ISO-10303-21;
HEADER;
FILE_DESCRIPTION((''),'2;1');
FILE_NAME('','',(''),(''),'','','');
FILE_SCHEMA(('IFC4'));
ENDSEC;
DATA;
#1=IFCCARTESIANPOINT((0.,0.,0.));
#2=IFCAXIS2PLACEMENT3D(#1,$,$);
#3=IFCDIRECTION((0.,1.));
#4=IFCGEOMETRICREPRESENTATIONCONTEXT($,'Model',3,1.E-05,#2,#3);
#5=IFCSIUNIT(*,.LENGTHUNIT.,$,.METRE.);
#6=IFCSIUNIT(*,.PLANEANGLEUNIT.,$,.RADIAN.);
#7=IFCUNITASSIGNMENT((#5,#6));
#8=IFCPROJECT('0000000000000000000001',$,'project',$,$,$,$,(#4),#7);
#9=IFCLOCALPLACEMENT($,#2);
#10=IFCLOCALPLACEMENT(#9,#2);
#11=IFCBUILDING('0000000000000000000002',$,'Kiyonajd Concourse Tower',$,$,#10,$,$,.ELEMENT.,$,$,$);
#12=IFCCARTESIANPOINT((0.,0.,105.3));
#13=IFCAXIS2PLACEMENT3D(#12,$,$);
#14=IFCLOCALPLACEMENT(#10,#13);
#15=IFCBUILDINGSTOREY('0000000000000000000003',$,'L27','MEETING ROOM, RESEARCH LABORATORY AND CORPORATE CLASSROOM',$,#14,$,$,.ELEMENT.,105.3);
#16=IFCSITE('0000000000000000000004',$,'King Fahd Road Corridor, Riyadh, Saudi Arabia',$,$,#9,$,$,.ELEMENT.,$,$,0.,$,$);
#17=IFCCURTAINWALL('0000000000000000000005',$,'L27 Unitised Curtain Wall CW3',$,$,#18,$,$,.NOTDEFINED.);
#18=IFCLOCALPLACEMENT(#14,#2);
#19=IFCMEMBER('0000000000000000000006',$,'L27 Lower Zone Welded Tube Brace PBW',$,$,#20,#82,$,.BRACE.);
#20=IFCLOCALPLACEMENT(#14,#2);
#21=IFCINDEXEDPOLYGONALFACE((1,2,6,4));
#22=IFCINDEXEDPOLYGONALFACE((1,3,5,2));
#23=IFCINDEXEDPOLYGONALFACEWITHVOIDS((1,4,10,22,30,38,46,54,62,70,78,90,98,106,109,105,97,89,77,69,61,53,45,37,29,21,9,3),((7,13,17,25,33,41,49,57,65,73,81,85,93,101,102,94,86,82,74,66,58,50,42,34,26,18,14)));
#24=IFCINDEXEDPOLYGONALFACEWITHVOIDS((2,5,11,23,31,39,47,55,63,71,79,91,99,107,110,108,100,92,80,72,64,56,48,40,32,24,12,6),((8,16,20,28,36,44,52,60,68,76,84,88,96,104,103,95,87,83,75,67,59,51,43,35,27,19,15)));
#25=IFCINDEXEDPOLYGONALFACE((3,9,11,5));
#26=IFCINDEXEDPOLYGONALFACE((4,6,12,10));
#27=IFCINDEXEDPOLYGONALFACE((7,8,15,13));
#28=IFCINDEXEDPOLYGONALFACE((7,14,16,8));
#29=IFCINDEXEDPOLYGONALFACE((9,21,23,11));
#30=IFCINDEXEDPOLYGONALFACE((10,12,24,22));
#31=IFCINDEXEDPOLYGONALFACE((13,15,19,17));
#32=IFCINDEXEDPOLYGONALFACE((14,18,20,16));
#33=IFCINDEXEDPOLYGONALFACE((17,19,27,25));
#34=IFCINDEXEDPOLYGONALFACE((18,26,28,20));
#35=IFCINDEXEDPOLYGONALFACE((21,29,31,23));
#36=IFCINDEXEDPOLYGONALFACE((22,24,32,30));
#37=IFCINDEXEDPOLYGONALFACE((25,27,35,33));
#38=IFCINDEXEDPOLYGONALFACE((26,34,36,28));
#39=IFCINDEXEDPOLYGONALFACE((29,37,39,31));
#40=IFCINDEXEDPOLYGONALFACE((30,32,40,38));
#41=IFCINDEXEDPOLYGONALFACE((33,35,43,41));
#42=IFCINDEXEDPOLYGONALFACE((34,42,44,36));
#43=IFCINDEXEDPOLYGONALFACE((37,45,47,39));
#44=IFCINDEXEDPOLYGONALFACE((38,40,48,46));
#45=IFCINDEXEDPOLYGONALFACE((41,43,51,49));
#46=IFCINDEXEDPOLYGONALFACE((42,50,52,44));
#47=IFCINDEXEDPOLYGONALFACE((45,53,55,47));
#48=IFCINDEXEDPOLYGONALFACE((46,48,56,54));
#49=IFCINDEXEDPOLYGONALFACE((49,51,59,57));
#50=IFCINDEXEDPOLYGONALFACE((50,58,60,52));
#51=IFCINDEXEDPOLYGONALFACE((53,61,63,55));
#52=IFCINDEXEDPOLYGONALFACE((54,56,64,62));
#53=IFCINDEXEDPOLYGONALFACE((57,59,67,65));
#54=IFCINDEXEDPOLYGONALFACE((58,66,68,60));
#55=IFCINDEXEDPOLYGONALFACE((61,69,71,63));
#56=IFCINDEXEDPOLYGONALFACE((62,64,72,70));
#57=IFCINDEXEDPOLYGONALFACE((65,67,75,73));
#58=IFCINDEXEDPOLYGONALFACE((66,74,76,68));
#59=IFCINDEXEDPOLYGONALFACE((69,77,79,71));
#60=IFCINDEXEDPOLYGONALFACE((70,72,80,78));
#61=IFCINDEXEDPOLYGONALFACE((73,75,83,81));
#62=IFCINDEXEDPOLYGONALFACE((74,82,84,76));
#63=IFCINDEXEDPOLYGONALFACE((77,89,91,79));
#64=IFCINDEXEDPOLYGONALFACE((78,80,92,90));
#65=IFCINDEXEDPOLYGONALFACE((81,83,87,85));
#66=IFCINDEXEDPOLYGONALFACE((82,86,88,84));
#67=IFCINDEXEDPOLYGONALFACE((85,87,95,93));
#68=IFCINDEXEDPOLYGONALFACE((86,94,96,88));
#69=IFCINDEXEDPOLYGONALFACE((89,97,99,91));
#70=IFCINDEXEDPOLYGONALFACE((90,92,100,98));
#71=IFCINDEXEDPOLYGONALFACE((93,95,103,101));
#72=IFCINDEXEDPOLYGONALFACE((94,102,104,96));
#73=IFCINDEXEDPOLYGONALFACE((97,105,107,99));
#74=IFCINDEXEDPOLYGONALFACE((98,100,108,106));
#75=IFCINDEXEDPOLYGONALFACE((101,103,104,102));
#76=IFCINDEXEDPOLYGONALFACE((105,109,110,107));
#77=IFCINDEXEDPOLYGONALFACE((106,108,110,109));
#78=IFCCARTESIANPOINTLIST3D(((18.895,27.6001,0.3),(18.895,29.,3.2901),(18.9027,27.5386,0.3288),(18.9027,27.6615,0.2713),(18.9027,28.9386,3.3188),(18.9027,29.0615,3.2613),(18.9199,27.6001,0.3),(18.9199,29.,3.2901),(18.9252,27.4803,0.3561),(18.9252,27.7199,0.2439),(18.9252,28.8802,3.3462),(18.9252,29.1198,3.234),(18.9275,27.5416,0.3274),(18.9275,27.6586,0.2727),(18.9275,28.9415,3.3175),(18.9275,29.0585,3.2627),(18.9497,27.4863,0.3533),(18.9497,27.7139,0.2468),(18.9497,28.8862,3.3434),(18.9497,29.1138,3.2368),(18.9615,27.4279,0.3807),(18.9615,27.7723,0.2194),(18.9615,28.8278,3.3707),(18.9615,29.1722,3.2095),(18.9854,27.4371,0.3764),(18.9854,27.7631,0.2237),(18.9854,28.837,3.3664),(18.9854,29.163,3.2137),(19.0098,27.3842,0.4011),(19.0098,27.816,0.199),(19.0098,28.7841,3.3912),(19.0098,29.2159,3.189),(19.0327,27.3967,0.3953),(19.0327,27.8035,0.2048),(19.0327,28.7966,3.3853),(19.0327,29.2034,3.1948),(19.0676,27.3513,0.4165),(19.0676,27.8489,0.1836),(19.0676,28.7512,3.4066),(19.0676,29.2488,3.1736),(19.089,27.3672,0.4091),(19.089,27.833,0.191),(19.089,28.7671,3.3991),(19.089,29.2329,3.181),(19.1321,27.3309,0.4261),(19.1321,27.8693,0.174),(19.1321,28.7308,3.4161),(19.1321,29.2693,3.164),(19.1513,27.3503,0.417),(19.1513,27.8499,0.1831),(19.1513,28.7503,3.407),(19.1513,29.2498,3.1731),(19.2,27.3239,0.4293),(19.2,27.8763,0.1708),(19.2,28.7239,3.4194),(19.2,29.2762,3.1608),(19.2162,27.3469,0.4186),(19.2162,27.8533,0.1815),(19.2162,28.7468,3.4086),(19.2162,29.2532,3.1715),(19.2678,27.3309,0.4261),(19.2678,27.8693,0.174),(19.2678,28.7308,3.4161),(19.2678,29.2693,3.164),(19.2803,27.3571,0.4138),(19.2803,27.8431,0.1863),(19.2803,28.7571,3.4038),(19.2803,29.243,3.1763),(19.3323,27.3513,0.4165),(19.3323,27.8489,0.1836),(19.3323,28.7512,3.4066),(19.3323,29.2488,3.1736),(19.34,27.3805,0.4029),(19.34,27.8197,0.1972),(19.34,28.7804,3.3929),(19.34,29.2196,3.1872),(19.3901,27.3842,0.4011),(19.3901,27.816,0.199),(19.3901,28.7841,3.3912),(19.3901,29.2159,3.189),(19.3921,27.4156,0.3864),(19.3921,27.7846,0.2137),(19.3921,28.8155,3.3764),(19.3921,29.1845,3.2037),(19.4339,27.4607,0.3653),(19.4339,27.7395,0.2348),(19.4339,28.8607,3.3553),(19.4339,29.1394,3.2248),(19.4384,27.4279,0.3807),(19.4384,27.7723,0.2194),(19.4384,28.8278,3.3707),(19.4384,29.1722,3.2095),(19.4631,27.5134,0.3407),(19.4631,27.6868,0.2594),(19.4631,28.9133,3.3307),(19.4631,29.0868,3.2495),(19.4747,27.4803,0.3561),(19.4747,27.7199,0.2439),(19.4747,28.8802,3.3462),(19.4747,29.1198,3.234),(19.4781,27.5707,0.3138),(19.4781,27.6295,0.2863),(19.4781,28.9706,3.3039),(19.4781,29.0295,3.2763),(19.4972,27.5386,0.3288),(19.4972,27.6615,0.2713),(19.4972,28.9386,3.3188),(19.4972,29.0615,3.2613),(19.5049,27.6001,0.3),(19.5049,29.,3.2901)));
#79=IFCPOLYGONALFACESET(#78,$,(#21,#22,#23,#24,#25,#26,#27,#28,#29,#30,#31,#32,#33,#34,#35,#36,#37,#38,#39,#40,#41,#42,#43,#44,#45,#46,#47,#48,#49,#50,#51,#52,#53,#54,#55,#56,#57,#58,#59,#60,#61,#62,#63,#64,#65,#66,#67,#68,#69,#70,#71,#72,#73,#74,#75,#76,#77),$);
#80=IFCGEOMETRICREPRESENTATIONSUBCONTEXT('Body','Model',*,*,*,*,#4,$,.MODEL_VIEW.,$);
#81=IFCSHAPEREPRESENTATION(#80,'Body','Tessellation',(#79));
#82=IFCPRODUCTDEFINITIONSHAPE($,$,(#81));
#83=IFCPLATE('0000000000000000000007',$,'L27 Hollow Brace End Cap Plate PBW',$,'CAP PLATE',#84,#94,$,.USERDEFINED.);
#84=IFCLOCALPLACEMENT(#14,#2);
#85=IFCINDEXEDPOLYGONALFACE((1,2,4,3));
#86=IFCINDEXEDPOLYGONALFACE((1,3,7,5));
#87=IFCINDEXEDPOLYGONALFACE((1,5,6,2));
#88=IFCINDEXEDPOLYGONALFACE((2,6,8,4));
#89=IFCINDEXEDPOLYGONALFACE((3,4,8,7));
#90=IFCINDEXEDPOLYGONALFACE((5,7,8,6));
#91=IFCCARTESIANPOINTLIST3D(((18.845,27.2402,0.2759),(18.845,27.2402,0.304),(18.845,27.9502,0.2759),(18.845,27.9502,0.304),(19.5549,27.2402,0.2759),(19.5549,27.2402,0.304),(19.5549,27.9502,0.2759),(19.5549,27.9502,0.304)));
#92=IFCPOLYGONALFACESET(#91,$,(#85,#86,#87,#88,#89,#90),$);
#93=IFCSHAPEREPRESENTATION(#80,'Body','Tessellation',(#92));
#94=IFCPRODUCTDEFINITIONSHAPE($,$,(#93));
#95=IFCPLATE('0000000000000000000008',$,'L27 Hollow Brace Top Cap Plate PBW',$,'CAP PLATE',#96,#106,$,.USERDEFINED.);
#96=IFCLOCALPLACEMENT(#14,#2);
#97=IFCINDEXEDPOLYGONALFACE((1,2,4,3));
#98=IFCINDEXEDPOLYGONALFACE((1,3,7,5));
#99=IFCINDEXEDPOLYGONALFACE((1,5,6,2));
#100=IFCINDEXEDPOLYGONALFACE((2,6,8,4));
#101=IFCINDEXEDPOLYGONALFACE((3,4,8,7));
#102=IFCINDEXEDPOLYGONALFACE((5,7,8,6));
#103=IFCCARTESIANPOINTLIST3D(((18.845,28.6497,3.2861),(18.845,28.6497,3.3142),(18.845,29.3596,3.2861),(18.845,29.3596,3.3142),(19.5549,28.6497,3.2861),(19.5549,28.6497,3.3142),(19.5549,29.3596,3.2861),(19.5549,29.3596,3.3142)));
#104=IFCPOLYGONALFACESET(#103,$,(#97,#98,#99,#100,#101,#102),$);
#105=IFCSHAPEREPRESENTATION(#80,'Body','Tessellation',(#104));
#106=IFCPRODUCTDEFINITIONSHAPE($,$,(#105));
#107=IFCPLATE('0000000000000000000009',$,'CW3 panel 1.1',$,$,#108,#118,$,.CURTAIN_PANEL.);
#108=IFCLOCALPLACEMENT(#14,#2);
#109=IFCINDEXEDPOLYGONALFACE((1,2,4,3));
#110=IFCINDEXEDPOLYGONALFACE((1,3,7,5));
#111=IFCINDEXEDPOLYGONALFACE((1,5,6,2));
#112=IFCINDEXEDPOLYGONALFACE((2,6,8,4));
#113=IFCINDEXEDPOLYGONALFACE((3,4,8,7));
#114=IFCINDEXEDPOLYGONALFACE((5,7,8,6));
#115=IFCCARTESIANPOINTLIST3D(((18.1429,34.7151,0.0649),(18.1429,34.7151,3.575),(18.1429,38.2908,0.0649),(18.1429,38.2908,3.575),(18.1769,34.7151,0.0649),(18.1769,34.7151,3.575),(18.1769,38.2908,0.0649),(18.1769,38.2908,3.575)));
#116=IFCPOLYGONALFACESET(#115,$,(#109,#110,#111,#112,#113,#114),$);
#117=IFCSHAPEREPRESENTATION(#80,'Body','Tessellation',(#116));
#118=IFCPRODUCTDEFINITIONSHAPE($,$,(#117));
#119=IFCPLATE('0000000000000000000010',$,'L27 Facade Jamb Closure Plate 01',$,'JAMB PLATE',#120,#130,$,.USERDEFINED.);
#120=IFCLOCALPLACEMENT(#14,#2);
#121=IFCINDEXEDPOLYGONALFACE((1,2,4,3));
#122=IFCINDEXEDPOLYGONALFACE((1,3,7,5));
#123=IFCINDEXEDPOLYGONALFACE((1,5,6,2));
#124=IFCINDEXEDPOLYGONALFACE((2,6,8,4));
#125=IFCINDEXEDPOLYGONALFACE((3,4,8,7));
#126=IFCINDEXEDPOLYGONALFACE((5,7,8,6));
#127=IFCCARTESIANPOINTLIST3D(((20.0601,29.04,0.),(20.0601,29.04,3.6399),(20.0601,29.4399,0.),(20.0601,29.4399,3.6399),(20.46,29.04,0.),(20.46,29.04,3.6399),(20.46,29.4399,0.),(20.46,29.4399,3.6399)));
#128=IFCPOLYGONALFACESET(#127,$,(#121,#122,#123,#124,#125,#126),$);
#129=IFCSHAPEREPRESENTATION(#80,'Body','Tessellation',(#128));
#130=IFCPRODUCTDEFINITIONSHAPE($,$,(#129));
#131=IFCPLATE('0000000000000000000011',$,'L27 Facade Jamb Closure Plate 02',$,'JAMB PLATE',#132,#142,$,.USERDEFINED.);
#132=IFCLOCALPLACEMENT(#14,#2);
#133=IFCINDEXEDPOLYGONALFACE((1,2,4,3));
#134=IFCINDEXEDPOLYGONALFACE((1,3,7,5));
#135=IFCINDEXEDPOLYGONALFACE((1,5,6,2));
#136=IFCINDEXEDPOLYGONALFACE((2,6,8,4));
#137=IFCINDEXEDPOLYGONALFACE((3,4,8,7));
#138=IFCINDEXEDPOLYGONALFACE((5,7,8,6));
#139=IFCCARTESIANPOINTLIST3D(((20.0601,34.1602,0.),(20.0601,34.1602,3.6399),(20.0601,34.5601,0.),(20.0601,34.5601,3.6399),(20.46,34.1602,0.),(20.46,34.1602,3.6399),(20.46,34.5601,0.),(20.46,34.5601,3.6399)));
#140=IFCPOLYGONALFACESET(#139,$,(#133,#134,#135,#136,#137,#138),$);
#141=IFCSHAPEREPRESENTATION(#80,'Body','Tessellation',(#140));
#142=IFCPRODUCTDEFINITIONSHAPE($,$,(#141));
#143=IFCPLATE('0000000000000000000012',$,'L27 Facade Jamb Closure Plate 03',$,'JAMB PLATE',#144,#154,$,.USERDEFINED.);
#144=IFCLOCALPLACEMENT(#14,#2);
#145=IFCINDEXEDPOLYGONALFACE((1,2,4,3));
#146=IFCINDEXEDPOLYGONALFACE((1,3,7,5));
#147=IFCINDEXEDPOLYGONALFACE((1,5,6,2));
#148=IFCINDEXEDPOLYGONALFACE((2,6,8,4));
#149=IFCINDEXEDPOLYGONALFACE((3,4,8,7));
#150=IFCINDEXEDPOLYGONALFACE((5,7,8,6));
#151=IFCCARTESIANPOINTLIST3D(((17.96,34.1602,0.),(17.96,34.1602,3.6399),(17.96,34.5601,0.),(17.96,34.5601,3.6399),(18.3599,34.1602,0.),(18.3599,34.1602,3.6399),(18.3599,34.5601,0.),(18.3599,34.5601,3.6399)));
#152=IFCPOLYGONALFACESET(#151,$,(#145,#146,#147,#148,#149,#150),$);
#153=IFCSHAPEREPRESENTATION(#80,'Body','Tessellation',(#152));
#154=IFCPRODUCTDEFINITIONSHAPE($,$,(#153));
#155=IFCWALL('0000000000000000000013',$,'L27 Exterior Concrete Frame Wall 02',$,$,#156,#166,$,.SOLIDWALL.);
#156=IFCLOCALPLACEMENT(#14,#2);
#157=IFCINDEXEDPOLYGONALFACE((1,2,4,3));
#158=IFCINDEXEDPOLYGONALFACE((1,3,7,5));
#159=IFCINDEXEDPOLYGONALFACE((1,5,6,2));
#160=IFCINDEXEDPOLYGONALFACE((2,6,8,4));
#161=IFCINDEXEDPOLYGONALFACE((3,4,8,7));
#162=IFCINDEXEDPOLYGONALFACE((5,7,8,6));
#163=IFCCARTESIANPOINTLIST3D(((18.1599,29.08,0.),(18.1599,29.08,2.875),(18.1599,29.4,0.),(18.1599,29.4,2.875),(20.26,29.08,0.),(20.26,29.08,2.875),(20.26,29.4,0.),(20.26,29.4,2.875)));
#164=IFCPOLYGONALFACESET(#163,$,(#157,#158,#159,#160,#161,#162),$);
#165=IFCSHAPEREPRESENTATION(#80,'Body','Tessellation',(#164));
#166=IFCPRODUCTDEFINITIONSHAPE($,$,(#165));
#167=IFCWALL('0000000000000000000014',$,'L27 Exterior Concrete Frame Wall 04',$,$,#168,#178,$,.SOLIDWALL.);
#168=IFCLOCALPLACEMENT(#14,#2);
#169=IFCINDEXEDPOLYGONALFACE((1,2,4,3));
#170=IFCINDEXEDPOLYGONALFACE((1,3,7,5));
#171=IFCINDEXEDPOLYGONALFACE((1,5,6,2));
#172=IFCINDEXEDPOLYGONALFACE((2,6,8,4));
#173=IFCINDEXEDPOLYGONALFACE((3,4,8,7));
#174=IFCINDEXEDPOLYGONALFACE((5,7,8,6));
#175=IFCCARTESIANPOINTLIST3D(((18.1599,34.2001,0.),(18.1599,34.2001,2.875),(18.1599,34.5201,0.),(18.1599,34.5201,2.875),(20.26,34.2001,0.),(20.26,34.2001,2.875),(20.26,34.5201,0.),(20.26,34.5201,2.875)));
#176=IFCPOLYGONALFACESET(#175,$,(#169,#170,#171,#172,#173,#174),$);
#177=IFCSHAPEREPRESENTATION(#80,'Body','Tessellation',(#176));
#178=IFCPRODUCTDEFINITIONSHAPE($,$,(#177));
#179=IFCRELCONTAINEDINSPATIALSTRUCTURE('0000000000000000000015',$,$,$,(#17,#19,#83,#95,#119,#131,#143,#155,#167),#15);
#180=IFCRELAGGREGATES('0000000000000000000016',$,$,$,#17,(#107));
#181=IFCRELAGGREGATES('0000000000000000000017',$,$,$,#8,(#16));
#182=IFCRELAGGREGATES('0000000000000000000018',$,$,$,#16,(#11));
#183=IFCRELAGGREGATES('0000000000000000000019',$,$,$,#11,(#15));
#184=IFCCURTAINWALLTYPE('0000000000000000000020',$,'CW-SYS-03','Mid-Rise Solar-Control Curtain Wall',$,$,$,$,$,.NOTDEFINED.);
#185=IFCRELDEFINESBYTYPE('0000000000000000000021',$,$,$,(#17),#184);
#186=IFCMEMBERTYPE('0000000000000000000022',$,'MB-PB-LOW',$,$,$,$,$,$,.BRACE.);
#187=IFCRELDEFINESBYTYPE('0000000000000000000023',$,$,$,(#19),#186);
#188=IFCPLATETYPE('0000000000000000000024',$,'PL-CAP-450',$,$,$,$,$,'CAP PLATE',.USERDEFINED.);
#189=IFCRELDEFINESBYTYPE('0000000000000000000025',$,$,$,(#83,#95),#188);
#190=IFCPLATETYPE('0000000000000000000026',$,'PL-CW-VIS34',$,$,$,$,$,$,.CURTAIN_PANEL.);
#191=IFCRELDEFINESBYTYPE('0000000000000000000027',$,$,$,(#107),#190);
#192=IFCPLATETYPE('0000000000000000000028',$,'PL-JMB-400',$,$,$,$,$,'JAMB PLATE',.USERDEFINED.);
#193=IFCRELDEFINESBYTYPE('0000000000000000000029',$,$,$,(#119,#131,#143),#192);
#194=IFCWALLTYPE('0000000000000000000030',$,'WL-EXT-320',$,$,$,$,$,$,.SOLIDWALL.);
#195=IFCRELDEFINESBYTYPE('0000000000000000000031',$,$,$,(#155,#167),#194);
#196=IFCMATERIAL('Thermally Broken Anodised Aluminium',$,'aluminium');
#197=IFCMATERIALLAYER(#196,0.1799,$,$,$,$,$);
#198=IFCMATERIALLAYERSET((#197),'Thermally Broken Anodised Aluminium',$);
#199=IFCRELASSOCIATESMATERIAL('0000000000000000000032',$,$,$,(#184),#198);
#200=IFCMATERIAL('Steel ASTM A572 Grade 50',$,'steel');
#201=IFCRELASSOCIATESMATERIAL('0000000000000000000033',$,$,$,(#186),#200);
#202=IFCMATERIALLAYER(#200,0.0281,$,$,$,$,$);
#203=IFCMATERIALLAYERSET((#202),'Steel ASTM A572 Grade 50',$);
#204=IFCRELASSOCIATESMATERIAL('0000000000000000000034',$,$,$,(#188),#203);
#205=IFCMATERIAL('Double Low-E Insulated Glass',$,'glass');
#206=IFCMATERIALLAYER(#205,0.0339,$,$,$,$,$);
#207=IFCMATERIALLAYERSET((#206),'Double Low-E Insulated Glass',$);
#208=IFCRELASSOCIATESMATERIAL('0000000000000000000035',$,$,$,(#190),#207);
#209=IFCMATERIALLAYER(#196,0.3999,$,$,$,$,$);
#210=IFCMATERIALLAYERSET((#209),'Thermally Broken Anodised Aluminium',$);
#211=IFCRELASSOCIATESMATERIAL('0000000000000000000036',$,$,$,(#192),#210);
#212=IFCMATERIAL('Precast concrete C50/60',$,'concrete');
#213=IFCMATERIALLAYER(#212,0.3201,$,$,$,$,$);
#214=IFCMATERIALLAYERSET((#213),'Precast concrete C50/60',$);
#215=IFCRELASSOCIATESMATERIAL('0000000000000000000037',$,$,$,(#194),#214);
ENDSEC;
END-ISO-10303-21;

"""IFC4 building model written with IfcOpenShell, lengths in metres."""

from ifc_helpers import new_model, si_unit, direction, frame, frame_2d, origin, origin_2d, place, context, subcontext, project, spatial, rectangle, hollow_circle, extrude, material, layer, layer_set, material_profile, profile_set, type_object, element, aggregate, save


model = new_model("IFC4")

# Units and contexts
model_context = context("Model", 3, precision=1e-05, world=origin(), true_north=direction((0.0, 1.0)))
body_context = subcontext(model_context, "Body", "Model", "MODEL_VIEW")
ifc_project = project(units=[si_unit("LENGTHUNIT", "METRE"), si_unit("PLANEANGLEUNIT", "RADIAN")], contexts=[model_context])

# Site, building, storey
site_placement = place(None, origin())
site = spatial("IfcSite", under=ifc_project, at=site_placement, Name="King Fahd Road Corridor, Riyadh, Saudi Arabia", CompositionType="ELEMENT", RefElevation=0.0)
building_placement = place(site_placement, origin())
building = spatial("IfcBuilding", under=site, at=building_placement, Name="Kiyonajd Concourse Tower", CompositionType="ELEMENT")
storey_placement = place(building_placement, frame((0.0, 0.0, 105.3)))
storey = spatial("IfcBuildingStorey", under=building, at=storey_placement, Name="L27", Description="MEETING ROOM, RESEARCH LABORATORY AND CORPORATE CLASSROOM", CompositionType="ELEMENT", Elevation=105.3)

# Shared definitions
ifc_material_1 = material(Name="Precast concrete C50/60", Category="concrete")

# Curtain wall
ifc_material_2 = material(Name="Thermally Broken Anodised Aluminium", Category="aluminium")
ifc_layer_1 = layer(ifc_material_2, 0.1799)
ifc_layer_set_1 = layer_set([ifc_layer_1], Name="Thermally Broken Anodised Aluminium")
curtain_wall_type = type_object("IfcCurtainWallType", Name="CW-SYS-03", Description="Mid-Rise Solar-Control Curtain Wall", PredefinedType="NOTDEFINED", material=ifc_layer_set_1)
curtain_wall_placement = place(storey_placement, origin())
curtain_wall = element("IfcCurtainWall", 1, at=curtain_wall_placement, inside=storey, type_object=curtain_wall_type, Name="L27 Unitised Curtain Wall CW3", PredefinedType="NOTDEFINED")

# Member
ifc_material_3 = material(Name="Steel ASTM A572 Grade 50", Category="steel")
ifc_material_profile_1 = material_profile(ifc_material_3, hollow_circle(Radius=0.3049, WallThickness=0.0249, at=origin_2d()), Name="CHS-610x25")
ifc_profile_set_1 = profile_set([ifc_material_profile_1], Name="Steel ASTM A572 Grade 50")
member_type_1 = type_object("IfcMemberType", Name="MB-PB-LOW", PredefinedType="BRACE", material=ifc_profile_set_1)
member_1_placement = place(storey_placement, frame((19.2, 27.6001, 0.3), z_axis=(0.0, 0.424023, 0.905652), x_axis=(-1.0, 0.0, 0.0)))
element("IfcMember", 2, at=member_1_placement, inside=storey, type_object=member_type_1, Name="L27 Lower Zone Welded Tube Brace PBW", PredefinedType="BRACE", context=body_context, shape_type="SweptSolid", body=[
    extrude(hollow_circle(Radius=0.3049, WallThickness=0.0249, at=origin_2d()), origin(), (0.0, 0.0, 1.0), 3.3015),
])

# Plates
ifc_layer_2 = layer(ifc_material_3, 0.0281)
ifc_layer_set_2 = layer_set([ifc_layer_2], Name="Steel ASTM A572 Grade 50")
plate_type_1 = type_object("IfcPlateType", Name="PL-CAP-450", ElementType="CAP PLATE", PredefinedType="USERDEFINED", material=ifc_layer_set_2)
for number, where, z_axis, x_axis, name in (
    (3, (19.2, 27.5952, 0.2759), (0.0, 0.0, 1.0), (1.0, 0.0, 0.0), "L27 Hollow Brace End Cap Plate PBW"),
    (4, (19.2, 29.0046, 3.2861), (0.0, 0.0, 1.0), (1.0, 0.0, 0.0), "L27 Hollow Brace Top Cap Plate PBW"),
):
    element("IfcPlate", number, at=place(storey_placement, frame(where, z_axis=z_axis, x_axis=x_axis)), inside=storey, type_object=plate_type_1, Name=name, ObjectType="CAP PLATE", PredefinedType="USERDEFINED", context=body_context, shape_type="SweptSolid", body=[
        extrude(rectangle(XDim=0.71, YDim=0.71, at=origin_2d()), origin(), (0.0, 0.0, 1.0), 0.0281),
    ])

# Plate
ifc_material_4 = material(Name="Double Low-E Insulated Glass", Category="glass")
ifc_layer_3 = layer(ifc_material_4, 0.0339)
ifc_layer_set_3 = layer_set([ifc_layer_3], Name="Double Low-E Insulated Glass")
plate_type_2 = type_object("IfcPlateType", Name="PL-CW-VIS34", PredefinedType="CURTAIN_PANEL", material=ifc_layer_set_3)
plate_placement = place(storey_placement, frame((18.1599, 36.5029, 0.0649), z_axis=(0.0, 0.0, 1.0), x_axis=(0.0, 1.0, 0.0)))
plate = element("IfcPlate", 5, at=plate_placement, type_object=plate_type_2, Name="CW3 panel 1.1", PredefinedType="CURTAIN_PANEL", context=body_context, shape_type="SweptSolid", body=[
    extrude(rectangle(XDim=3.5757, YDim=0.0339, at=origin_2d()), origin(), (0.0, 0.0, 1.0), 3.51),
])
aggregate(curtain_wall, [plate])

# Plates
ifc_layer_4 = layer(ifc_material_2, 0.3999)
ifc_layer_set_4 = layer_set([ifc_layer_4], Name="Thermally Broken Anodised Aluminium")
plate_type_3 = type_object("IfcPlateType", Name="PL-JMB-400", ElementType="JAMB PLATE", PredefinedType="USERDEFINED", material=ifc_layer_set_4)
for number, where, z_axis, x_axis, name in (
    (6, (20.26, 29.24, 0.0), (0.0, 0.0, 1.0), (1.0, 0.0, 0.0), "L27 Facade Jamb Closure Plate 01"),
    (7, (20.26, 34.3601, 0.0), (0.0, 0.0, 1.0), (1.0, 0.0, 0.0), "L27 Facade Jamb Closure Plate 02"),
    (8, (18.1599, 34.3601, 0.0), (0.0, 0.0, 1.0), (1.0, 0.0, 0.0), "L27 Facade Jamb Closure Plate 03"),
):
    element("IfcPlate", number, at=place(storey_placement, frame(where, z_axis=z_axis, x_axis=x_axis)), inside=storey, type_object=plate_type_3, Name=name, ObjectType="JAMB PLATE", PredefinedType="USERDEFINED", context=body_context, shape_type="SweptSolid", body=[
        extrude(rectangle(XDim=0.3999, YDim=0.3999, at=origin_2d()), origin(), (0.0, 0.0, 1.0), 3.6399),
    ])

# Walls
ifc_layer_5 = layer(ifc_material_1, 0.3201)
ifc_layer_set_5 = layer_set([ifc_layer_5], Name="Precast concrete C50/60")
wall_type_1 = type_object("IfcWallType", Name="WL-EXT-320", PredefinedType="SOLIDWALL", material=ifc_layer_set_5)
for number, where, z_axis, x_axis, name in (
    (9, (18.1599, 29.24, 0.0), (0.0, 0.0, 1.0), (1.0, 0.0, 0.0), "L27 Exterior Concrete Frame Wall 02"),
    (10, (20.26, 34.3601, 0.0), (0.0, 0.0, 1.0), (-1.0, 0.0, 0.0), "L27 Exterior Concrete Frame Wall 04"),
):
    element("IfcWall", number, at=place(storey_placement, frame(where, z_axis=z_axis, x_axis=x_axis)), inside=storey, type_object=wall_type_1, Name=name, PredefinedType="SOLIDWALL", context=body_context, shape_type="SweptSolid", body=[
        extrude(rectangle(XDim=2.1001, YDim=0.3201, at=frame_2d((1.05, 0.0))), origin(), (0.0, 0.0, 1.0), 2.875),
    ])

save(model, "model.ifc")
